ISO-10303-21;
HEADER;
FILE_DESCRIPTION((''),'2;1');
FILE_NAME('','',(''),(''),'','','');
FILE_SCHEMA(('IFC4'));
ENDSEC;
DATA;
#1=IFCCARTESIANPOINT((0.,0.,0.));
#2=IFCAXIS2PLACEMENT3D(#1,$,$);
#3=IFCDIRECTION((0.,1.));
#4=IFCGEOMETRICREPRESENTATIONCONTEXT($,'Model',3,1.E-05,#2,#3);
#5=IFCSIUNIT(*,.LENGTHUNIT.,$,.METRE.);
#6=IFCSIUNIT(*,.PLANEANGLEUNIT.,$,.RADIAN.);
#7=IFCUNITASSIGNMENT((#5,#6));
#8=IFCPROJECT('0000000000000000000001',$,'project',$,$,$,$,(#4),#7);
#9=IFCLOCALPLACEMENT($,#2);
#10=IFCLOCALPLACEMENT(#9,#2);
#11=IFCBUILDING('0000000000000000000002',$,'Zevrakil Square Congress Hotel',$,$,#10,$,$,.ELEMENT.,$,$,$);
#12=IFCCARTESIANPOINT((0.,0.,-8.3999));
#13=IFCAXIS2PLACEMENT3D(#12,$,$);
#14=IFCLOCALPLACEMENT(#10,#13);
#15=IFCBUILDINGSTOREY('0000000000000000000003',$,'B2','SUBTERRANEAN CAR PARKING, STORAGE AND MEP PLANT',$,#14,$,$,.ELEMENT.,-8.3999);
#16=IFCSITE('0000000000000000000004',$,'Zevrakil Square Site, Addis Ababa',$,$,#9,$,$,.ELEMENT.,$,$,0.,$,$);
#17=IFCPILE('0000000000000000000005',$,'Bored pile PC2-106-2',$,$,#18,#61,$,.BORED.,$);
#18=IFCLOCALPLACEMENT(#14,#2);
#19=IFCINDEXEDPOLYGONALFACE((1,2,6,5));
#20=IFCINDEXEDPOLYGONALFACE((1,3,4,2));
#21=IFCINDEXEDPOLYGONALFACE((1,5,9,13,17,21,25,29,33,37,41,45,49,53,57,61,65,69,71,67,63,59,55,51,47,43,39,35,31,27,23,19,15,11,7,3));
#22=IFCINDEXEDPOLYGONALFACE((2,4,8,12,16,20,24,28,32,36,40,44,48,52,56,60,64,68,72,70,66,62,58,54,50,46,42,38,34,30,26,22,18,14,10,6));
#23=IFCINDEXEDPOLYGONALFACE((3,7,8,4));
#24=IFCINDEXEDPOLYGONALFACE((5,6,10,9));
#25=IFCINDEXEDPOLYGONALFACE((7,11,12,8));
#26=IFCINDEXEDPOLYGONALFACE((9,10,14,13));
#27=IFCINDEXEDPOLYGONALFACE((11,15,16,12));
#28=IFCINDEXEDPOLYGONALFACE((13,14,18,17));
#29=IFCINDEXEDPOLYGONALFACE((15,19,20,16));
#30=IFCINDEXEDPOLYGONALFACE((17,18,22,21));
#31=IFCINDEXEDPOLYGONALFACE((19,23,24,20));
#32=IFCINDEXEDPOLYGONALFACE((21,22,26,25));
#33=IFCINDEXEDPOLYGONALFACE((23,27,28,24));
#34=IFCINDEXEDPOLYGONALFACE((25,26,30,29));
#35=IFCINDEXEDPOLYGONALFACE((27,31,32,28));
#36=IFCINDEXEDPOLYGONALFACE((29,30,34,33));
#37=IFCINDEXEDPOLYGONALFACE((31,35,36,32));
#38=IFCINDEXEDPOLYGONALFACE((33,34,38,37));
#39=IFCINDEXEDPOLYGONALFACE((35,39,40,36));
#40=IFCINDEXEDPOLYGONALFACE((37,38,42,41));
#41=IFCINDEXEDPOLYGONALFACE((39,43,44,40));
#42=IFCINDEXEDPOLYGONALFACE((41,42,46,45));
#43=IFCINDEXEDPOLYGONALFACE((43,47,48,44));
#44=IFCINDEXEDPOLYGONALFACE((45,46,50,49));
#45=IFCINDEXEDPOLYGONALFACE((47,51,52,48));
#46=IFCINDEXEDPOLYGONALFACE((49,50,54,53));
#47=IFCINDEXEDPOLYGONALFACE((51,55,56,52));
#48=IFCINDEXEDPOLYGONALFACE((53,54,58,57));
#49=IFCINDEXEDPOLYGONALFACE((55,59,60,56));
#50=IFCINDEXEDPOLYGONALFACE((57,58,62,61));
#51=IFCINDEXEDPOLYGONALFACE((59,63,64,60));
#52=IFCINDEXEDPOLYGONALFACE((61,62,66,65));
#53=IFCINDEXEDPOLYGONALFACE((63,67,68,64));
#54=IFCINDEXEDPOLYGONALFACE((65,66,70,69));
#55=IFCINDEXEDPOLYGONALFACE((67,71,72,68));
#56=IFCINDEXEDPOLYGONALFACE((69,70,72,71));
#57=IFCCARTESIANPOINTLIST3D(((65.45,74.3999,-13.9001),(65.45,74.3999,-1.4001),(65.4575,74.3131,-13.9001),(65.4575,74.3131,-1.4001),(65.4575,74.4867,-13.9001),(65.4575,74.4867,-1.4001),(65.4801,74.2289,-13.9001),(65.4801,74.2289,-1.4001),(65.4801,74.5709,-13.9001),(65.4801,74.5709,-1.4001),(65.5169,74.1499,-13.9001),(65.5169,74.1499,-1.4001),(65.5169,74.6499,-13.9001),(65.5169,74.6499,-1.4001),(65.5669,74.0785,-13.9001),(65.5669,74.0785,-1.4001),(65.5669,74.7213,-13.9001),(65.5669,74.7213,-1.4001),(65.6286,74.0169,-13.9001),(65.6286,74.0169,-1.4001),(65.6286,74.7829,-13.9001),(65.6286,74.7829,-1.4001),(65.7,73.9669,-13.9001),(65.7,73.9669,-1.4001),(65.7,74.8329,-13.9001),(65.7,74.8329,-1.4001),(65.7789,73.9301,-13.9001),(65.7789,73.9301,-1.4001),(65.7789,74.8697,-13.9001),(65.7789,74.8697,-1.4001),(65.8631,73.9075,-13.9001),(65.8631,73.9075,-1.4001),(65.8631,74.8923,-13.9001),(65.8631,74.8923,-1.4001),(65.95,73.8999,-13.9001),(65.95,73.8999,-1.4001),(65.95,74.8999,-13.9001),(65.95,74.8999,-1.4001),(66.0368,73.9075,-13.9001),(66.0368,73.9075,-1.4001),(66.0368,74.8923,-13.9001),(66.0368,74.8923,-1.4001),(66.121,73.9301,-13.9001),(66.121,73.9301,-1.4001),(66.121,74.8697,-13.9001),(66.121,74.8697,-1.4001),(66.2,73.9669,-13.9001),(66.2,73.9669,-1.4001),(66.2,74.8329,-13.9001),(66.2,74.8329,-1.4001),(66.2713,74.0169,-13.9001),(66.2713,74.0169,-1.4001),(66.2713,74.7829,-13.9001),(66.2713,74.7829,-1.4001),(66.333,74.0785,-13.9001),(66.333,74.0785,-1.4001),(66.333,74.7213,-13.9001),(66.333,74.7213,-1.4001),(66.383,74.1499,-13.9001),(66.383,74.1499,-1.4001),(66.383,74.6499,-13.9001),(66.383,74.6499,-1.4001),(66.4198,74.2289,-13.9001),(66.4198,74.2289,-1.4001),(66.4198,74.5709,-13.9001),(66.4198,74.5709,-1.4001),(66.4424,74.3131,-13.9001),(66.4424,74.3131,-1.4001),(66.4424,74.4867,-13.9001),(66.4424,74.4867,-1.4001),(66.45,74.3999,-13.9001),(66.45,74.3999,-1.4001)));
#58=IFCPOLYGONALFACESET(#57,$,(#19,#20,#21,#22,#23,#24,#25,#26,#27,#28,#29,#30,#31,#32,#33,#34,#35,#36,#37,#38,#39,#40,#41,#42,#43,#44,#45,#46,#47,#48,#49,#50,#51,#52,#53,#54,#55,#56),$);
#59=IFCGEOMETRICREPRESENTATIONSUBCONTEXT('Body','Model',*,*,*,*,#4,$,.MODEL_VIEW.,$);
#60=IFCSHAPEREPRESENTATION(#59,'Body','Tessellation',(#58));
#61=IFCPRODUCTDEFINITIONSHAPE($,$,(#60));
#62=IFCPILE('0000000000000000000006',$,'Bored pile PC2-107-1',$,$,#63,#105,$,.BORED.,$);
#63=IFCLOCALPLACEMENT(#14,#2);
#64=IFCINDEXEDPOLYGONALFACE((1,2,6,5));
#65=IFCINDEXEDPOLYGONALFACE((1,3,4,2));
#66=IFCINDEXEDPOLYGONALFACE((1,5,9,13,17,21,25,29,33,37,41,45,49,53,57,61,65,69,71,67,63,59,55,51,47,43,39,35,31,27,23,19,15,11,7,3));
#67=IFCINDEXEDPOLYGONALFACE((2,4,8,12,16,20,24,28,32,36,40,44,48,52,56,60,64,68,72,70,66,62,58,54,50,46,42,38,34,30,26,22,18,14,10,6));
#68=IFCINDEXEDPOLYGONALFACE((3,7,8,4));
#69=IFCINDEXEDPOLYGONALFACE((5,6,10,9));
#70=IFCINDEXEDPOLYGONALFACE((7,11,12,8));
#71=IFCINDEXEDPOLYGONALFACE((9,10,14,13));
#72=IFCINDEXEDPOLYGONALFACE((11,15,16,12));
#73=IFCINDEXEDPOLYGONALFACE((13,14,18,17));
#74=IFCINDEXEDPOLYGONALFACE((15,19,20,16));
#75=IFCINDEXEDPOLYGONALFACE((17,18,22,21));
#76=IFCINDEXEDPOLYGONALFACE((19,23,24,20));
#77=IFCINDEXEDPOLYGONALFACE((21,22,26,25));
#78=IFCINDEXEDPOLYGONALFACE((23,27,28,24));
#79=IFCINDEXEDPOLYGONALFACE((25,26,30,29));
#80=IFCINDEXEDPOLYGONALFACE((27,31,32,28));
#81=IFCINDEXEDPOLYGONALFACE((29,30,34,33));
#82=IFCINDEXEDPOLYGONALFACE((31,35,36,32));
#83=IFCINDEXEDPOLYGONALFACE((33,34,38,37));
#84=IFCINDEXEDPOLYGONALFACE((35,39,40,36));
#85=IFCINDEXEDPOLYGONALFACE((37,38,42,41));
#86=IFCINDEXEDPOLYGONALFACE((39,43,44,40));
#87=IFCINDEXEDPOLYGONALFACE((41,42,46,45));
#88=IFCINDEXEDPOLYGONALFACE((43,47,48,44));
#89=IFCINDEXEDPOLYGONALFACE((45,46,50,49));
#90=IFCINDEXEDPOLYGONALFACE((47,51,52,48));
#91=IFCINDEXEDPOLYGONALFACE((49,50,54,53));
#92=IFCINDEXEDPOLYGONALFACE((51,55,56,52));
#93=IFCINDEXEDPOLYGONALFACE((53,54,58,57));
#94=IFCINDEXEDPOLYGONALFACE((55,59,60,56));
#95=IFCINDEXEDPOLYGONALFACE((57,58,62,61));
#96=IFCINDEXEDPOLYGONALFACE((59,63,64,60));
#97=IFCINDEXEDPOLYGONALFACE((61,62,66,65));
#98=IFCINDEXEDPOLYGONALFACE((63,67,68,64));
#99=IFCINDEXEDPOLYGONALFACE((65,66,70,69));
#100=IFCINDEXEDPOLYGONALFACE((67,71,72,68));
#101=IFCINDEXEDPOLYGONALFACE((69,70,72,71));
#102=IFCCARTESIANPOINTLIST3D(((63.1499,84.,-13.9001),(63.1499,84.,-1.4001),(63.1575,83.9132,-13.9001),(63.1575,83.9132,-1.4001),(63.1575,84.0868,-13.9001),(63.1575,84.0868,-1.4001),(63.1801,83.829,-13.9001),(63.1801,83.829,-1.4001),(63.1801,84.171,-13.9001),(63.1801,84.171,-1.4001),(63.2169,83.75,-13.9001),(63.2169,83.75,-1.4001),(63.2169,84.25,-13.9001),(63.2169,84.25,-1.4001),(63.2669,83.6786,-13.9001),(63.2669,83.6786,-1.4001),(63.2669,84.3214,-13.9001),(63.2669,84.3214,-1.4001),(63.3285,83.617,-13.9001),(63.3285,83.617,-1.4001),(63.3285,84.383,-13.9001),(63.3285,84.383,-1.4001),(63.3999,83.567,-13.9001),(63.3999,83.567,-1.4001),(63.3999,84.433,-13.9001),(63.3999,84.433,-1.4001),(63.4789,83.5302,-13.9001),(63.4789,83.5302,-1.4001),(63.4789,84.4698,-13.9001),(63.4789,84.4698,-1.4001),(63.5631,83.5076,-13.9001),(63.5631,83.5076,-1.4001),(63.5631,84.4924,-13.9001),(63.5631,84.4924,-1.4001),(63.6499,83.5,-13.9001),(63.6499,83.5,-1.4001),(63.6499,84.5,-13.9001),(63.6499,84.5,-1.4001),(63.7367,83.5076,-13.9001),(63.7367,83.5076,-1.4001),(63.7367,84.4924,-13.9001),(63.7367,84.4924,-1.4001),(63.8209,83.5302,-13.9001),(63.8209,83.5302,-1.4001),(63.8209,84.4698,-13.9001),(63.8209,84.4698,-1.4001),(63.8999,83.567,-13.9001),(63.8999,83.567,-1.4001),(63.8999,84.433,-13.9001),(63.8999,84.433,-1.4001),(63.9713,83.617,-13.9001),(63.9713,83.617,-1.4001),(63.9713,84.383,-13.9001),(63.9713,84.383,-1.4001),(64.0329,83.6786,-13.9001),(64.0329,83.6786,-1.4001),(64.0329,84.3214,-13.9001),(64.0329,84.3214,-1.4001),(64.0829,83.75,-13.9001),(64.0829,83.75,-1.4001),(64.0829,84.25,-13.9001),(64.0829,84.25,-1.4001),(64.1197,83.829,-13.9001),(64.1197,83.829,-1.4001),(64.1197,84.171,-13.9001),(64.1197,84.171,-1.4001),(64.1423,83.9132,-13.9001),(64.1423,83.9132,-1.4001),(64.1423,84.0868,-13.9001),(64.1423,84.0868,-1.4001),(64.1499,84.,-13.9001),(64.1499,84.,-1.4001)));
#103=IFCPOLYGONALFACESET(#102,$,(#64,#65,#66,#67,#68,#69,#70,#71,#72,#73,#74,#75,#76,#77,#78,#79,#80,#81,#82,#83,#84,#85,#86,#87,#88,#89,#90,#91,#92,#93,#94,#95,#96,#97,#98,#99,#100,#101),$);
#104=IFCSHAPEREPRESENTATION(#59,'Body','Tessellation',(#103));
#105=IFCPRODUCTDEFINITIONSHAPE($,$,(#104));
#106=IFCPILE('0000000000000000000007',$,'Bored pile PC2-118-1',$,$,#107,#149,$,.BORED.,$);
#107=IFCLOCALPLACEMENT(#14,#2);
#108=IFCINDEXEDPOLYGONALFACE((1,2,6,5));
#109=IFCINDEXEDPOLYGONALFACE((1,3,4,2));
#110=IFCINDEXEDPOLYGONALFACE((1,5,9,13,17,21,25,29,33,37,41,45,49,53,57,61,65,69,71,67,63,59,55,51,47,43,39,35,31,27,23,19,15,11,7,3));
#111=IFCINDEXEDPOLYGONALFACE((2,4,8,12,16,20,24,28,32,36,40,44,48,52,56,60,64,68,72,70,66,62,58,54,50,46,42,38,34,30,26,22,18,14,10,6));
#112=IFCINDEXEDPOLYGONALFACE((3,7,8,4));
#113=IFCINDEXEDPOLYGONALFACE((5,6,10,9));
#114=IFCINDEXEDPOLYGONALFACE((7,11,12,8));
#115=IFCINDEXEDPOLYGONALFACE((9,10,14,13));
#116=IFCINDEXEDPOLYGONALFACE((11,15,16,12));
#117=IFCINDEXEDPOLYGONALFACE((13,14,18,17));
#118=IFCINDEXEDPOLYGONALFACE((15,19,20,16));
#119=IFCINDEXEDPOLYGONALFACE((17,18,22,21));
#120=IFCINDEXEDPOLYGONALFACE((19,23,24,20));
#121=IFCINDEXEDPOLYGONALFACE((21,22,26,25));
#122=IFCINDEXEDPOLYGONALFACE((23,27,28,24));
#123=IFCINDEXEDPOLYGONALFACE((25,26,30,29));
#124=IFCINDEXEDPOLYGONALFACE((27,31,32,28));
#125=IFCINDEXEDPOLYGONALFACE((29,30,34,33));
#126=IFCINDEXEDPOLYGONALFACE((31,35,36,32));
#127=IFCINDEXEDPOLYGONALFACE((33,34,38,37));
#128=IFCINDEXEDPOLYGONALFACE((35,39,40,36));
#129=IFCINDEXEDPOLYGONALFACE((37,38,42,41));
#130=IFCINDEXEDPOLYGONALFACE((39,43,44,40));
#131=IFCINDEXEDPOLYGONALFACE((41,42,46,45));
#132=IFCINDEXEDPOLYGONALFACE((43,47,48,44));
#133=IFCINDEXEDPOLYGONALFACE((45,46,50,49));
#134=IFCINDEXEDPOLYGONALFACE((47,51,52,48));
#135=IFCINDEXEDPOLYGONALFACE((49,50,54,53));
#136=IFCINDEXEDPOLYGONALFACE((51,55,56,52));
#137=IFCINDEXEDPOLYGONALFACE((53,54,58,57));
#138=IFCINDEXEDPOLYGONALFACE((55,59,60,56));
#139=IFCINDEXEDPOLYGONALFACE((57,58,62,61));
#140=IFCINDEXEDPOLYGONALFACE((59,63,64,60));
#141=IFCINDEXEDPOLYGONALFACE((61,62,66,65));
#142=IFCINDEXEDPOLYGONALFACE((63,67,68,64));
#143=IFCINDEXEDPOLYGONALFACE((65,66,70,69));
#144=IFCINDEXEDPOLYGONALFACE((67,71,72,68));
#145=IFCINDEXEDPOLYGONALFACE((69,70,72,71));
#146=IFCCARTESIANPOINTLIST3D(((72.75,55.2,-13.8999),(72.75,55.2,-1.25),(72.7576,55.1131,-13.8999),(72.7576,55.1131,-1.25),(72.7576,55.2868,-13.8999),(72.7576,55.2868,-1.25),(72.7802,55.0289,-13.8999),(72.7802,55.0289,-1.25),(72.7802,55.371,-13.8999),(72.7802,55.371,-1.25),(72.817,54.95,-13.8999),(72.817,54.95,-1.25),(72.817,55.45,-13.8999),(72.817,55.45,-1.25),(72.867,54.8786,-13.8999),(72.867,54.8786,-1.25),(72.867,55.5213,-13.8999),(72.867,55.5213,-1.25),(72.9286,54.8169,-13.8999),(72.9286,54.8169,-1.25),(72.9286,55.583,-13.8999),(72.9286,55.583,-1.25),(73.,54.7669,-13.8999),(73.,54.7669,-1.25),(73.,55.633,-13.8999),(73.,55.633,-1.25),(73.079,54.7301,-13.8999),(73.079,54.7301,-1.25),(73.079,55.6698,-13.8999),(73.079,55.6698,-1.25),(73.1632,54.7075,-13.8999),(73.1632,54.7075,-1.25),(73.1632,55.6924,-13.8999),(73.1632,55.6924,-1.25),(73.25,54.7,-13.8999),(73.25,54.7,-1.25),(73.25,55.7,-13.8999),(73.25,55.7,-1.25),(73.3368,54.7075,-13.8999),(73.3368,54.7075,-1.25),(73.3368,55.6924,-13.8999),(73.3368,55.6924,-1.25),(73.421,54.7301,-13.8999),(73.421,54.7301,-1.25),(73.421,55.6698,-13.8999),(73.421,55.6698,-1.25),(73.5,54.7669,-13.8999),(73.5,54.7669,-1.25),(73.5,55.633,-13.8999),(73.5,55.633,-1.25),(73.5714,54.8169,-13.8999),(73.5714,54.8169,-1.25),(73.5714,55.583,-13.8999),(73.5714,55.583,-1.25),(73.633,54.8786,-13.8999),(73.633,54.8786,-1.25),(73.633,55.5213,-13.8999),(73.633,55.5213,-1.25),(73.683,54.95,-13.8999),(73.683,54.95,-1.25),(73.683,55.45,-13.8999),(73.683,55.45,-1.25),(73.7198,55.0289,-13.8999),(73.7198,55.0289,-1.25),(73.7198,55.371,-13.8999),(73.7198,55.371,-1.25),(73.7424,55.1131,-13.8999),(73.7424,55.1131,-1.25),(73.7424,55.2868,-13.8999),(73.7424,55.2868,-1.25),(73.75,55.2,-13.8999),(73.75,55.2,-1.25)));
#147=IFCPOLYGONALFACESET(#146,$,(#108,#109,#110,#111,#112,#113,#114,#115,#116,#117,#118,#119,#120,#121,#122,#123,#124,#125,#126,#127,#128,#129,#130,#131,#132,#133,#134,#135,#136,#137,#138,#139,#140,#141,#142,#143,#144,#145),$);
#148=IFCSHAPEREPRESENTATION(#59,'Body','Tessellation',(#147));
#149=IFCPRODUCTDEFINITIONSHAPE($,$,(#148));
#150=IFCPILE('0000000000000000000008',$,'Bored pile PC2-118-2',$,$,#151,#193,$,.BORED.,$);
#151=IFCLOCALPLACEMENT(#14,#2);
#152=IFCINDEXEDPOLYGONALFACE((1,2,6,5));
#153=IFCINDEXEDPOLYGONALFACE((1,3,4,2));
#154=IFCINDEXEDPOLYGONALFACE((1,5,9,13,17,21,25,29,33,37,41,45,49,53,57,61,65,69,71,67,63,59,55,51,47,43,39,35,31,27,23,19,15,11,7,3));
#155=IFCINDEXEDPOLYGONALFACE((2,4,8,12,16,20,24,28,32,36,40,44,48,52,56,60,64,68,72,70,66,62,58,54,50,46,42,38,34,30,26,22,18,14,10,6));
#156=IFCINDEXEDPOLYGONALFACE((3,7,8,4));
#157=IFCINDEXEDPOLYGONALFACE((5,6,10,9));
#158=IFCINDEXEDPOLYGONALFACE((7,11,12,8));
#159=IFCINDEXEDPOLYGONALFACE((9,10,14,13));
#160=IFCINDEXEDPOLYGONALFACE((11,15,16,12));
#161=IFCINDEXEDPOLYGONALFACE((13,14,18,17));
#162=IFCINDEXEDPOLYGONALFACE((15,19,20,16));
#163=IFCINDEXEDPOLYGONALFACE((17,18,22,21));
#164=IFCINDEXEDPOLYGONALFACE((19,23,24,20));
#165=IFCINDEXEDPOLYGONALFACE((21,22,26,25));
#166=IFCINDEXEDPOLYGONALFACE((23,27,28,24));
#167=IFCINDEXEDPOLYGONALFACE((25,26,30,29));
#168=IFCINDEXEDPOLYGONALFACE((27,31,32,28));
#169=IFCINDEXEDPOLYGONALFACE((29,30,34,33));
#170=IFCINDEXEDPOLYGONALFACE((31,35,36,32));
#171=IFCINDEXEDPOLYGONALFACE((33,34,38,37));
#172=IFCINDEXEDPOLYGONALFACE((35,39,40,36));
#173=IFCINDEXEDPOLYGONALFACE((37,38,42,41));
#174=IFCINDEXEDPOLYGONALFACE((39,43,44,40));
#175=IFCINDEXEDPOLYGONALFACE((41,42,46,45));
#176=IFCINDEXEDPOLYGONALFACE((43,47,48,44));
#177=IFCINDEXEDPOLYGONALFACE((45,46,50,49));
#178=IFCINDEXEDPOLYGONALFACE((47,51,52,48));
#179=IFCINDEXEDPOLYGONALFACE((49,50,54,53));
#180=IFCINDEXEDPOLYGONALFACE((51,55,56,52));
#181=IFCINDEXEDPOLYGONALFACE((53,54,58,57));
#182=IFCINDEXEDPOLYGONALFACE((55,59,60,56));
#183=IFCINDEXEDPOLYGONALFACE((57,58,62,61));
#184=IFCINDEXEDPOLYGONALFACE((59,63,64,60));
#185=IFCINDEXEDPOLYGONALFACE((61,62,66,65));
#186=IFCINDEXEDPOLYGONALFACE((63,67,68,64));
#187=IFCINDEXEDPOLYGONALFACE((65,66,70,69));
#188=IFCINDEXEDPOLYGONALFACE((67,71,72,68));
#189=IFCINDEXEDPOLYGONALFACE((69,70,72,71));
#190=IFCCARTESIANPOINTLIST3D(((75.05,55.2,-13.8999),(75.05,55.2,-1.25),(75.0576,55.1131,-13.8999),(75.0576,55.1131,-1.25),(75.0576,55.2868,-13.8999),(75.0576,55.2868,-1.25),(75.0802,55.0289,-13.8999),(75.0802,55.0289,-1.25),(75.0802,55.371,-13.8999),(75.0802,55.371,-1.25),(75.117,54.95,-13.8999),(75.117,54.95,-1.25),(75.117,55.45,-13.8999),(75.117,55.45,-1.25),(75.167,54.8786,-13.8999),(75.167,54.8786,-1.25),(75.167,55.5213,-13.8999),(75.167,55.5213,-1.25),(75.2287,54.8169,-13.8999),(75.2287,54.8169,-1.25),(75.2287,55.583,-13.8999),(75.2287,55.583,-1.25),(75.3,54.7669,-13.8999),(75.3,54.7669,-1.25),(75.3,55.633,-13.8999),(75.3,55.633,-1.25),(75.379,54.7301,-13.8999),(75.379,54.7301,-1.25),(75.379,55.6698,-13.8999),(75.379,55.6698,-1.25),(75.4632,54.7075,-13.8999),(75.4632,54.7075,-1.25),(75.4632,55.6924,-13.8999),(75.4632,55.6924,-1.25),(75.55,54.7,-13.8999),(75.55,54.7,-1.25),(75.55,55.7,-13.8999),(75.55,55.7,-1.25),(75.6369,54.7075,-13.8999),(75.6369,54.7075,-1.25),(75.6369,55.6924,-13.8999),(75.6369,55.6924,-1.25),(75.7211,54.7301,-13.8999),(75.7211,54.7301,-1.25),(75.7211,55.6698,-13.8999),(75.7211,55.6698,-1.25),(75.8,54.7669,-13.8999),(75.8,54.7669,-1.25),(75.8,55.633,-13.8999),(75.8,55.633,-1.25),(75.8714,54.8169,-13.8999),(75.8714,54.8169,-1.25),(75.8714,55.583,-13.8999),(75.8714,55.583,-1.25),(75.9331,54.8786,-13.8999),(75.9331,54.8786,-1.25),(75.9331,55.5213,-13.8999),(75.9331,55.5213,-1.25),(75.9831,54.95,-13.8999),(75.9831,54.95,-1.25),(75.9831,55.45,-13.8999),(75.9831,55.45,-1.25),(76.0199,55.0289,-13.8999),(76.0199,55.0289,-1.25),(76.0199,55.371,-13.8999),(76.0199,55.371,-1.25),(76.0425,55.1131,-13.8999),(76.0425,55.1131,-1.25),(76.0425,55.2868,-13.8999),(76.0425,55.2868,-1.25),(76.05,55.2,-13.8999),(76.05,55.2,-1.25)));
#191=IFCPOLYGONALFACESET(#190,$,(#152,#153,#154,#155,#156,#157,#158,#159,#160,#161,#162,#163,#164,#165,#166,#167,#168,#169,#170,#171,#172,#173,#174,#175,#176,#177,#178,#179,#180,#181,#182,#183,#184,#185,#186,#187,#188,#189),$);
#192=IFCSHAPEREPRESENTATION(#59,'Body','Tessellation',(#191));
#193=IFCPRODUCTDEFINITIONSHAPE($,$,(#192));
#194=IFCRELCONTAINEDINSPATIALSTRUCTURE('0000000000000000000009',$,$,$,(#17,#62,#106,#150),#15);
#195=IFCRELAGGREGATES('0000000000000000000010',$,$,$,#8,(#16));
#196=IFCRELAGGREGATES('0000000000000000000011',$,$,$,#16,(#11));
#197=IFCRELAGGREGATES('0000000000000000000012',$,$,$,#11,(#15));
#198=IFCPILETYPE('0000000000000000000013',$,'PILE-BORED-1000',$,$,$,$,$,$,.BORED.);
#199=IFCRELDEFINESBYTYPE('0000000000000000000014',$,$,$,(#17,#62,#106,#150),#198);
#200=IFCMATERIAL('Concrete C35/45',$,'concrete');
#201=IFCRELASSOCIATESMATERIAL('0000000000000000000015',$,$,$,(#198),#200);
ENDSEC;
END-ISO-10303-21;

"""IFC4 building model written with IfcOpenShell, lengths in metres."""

from ifc_helpers import new_model, si_unit, direction, frame, origin, origin_2d, place, context, subcontext, project, spatial, circle, extrude, material, material_profile, profile_set, type_object, element, save


model = new_model("IFC4")

# Units and contexts
model_context = context("Model", 3, precision=1e-05, world=origin(), true_north=direction((0.0, 1.0)))
body_context = subcontext(model_context, "Body", "Model", "MODEL_VIEW")
ifc_project = project(units=[si_unit("LENGTHUNIT", "METRE"), si_unit("PLANEANGLEUNIT", "RADIAN")], contexts=[model_context])

# Site, building, storey
site_placement = place(None, origin())
site = spatial("IfcSite", under=ifc_project, at=site_placement, Name="Zevrakil Square Site, Addis Ababa", CompositionType="ELEMENT", RefElevation=0.0)
building_placement = place(site_placement, origin())
building = spatial("IfcBuilding", under=site, at=building_placement, Name="Zevrakil Square Congress Hotel", CompositionType="ELEMENT")
storey_placement = place(building_placement, frame((0.0, 0.0, -8.3999)))
storey = spatial("IfcBuildingStorey", under=building, at=storey_placement, Name="B2", Description="SUBTERRANEAN CAR PARKING, STORAGE AND MEP PLANT", CompositionType="ELEMENT", Elevation=-8.3999)

# Piles
ifc_material_1 = material(Name="Concrete C35/45", Category="concrete")
ifc_material_profile_1 = material_profile(ifc_material_1, circle(Radius=0.5, at=origin_2d()), Name="PILE D1000")
ifc_profile_set_1 = profile_set([ifc_material_profile_1], Name="Concrete C35/45")
pile_type = type_object("IfcPileType", Name="PILE-BORED-1000", PredefinedType="BORED", material=ifc_profile_set_1)
for number, where, z_axis, x_axis, name in (
    (1, (65.95, 74.3999, -1.4001), (0.0, 0.0, -1.0), (1.0, 0.0, 0.0), "Bored pile PC2-106-2"),
    (2, (63.6499, 84.0, -1.4001), (0.0, 0.0, -1.0), (1.0, 0.0, 0.0), "Bored pile PC2-107-1"),
):
    element("IfcPile", number, at=place(storey_placement, frame(where, z_axis=z_axis, x_axis=x_axis)), inside=storey, type_object=pile_type, Name=name, PredefinedType="BORED", context=body_context, shape_type="SweptSolid", body=[
        extrude(circle(Radius=0.5, at=origin_2d()), origin(), (0.0, 0.0, 1.0), 12.5),
    ])
for number, where, z_axis, x_axis, name in (
    (3, (73.25, 55.2, -1.25), (0.0, 0.0, -1.0), (1.0, 0.0, 0.0), "Bored pile PC2-118-1"),
    (4, (75.55, 55.2, -1.25), (0.0, 0.0, -1.0), (1.0, 0.0, 0.0), "Bored pile PC2-118-2"),
):
    element("IfcPile", number, at=place(storey_placement, frame(where, z_axis=z_axis, x_axis=x_axis)), inside=storey, type_object=pile_type, Name=name, PredefinedType="BORED", context=body_context, shape_type="SweptSolid", body=[
        extrude(circle(Radius=0.5, at=origin_2d()), origin(), (0.0, 0.0, 1.0), 12.6499),
    ])

save(model, "model.ifc")
